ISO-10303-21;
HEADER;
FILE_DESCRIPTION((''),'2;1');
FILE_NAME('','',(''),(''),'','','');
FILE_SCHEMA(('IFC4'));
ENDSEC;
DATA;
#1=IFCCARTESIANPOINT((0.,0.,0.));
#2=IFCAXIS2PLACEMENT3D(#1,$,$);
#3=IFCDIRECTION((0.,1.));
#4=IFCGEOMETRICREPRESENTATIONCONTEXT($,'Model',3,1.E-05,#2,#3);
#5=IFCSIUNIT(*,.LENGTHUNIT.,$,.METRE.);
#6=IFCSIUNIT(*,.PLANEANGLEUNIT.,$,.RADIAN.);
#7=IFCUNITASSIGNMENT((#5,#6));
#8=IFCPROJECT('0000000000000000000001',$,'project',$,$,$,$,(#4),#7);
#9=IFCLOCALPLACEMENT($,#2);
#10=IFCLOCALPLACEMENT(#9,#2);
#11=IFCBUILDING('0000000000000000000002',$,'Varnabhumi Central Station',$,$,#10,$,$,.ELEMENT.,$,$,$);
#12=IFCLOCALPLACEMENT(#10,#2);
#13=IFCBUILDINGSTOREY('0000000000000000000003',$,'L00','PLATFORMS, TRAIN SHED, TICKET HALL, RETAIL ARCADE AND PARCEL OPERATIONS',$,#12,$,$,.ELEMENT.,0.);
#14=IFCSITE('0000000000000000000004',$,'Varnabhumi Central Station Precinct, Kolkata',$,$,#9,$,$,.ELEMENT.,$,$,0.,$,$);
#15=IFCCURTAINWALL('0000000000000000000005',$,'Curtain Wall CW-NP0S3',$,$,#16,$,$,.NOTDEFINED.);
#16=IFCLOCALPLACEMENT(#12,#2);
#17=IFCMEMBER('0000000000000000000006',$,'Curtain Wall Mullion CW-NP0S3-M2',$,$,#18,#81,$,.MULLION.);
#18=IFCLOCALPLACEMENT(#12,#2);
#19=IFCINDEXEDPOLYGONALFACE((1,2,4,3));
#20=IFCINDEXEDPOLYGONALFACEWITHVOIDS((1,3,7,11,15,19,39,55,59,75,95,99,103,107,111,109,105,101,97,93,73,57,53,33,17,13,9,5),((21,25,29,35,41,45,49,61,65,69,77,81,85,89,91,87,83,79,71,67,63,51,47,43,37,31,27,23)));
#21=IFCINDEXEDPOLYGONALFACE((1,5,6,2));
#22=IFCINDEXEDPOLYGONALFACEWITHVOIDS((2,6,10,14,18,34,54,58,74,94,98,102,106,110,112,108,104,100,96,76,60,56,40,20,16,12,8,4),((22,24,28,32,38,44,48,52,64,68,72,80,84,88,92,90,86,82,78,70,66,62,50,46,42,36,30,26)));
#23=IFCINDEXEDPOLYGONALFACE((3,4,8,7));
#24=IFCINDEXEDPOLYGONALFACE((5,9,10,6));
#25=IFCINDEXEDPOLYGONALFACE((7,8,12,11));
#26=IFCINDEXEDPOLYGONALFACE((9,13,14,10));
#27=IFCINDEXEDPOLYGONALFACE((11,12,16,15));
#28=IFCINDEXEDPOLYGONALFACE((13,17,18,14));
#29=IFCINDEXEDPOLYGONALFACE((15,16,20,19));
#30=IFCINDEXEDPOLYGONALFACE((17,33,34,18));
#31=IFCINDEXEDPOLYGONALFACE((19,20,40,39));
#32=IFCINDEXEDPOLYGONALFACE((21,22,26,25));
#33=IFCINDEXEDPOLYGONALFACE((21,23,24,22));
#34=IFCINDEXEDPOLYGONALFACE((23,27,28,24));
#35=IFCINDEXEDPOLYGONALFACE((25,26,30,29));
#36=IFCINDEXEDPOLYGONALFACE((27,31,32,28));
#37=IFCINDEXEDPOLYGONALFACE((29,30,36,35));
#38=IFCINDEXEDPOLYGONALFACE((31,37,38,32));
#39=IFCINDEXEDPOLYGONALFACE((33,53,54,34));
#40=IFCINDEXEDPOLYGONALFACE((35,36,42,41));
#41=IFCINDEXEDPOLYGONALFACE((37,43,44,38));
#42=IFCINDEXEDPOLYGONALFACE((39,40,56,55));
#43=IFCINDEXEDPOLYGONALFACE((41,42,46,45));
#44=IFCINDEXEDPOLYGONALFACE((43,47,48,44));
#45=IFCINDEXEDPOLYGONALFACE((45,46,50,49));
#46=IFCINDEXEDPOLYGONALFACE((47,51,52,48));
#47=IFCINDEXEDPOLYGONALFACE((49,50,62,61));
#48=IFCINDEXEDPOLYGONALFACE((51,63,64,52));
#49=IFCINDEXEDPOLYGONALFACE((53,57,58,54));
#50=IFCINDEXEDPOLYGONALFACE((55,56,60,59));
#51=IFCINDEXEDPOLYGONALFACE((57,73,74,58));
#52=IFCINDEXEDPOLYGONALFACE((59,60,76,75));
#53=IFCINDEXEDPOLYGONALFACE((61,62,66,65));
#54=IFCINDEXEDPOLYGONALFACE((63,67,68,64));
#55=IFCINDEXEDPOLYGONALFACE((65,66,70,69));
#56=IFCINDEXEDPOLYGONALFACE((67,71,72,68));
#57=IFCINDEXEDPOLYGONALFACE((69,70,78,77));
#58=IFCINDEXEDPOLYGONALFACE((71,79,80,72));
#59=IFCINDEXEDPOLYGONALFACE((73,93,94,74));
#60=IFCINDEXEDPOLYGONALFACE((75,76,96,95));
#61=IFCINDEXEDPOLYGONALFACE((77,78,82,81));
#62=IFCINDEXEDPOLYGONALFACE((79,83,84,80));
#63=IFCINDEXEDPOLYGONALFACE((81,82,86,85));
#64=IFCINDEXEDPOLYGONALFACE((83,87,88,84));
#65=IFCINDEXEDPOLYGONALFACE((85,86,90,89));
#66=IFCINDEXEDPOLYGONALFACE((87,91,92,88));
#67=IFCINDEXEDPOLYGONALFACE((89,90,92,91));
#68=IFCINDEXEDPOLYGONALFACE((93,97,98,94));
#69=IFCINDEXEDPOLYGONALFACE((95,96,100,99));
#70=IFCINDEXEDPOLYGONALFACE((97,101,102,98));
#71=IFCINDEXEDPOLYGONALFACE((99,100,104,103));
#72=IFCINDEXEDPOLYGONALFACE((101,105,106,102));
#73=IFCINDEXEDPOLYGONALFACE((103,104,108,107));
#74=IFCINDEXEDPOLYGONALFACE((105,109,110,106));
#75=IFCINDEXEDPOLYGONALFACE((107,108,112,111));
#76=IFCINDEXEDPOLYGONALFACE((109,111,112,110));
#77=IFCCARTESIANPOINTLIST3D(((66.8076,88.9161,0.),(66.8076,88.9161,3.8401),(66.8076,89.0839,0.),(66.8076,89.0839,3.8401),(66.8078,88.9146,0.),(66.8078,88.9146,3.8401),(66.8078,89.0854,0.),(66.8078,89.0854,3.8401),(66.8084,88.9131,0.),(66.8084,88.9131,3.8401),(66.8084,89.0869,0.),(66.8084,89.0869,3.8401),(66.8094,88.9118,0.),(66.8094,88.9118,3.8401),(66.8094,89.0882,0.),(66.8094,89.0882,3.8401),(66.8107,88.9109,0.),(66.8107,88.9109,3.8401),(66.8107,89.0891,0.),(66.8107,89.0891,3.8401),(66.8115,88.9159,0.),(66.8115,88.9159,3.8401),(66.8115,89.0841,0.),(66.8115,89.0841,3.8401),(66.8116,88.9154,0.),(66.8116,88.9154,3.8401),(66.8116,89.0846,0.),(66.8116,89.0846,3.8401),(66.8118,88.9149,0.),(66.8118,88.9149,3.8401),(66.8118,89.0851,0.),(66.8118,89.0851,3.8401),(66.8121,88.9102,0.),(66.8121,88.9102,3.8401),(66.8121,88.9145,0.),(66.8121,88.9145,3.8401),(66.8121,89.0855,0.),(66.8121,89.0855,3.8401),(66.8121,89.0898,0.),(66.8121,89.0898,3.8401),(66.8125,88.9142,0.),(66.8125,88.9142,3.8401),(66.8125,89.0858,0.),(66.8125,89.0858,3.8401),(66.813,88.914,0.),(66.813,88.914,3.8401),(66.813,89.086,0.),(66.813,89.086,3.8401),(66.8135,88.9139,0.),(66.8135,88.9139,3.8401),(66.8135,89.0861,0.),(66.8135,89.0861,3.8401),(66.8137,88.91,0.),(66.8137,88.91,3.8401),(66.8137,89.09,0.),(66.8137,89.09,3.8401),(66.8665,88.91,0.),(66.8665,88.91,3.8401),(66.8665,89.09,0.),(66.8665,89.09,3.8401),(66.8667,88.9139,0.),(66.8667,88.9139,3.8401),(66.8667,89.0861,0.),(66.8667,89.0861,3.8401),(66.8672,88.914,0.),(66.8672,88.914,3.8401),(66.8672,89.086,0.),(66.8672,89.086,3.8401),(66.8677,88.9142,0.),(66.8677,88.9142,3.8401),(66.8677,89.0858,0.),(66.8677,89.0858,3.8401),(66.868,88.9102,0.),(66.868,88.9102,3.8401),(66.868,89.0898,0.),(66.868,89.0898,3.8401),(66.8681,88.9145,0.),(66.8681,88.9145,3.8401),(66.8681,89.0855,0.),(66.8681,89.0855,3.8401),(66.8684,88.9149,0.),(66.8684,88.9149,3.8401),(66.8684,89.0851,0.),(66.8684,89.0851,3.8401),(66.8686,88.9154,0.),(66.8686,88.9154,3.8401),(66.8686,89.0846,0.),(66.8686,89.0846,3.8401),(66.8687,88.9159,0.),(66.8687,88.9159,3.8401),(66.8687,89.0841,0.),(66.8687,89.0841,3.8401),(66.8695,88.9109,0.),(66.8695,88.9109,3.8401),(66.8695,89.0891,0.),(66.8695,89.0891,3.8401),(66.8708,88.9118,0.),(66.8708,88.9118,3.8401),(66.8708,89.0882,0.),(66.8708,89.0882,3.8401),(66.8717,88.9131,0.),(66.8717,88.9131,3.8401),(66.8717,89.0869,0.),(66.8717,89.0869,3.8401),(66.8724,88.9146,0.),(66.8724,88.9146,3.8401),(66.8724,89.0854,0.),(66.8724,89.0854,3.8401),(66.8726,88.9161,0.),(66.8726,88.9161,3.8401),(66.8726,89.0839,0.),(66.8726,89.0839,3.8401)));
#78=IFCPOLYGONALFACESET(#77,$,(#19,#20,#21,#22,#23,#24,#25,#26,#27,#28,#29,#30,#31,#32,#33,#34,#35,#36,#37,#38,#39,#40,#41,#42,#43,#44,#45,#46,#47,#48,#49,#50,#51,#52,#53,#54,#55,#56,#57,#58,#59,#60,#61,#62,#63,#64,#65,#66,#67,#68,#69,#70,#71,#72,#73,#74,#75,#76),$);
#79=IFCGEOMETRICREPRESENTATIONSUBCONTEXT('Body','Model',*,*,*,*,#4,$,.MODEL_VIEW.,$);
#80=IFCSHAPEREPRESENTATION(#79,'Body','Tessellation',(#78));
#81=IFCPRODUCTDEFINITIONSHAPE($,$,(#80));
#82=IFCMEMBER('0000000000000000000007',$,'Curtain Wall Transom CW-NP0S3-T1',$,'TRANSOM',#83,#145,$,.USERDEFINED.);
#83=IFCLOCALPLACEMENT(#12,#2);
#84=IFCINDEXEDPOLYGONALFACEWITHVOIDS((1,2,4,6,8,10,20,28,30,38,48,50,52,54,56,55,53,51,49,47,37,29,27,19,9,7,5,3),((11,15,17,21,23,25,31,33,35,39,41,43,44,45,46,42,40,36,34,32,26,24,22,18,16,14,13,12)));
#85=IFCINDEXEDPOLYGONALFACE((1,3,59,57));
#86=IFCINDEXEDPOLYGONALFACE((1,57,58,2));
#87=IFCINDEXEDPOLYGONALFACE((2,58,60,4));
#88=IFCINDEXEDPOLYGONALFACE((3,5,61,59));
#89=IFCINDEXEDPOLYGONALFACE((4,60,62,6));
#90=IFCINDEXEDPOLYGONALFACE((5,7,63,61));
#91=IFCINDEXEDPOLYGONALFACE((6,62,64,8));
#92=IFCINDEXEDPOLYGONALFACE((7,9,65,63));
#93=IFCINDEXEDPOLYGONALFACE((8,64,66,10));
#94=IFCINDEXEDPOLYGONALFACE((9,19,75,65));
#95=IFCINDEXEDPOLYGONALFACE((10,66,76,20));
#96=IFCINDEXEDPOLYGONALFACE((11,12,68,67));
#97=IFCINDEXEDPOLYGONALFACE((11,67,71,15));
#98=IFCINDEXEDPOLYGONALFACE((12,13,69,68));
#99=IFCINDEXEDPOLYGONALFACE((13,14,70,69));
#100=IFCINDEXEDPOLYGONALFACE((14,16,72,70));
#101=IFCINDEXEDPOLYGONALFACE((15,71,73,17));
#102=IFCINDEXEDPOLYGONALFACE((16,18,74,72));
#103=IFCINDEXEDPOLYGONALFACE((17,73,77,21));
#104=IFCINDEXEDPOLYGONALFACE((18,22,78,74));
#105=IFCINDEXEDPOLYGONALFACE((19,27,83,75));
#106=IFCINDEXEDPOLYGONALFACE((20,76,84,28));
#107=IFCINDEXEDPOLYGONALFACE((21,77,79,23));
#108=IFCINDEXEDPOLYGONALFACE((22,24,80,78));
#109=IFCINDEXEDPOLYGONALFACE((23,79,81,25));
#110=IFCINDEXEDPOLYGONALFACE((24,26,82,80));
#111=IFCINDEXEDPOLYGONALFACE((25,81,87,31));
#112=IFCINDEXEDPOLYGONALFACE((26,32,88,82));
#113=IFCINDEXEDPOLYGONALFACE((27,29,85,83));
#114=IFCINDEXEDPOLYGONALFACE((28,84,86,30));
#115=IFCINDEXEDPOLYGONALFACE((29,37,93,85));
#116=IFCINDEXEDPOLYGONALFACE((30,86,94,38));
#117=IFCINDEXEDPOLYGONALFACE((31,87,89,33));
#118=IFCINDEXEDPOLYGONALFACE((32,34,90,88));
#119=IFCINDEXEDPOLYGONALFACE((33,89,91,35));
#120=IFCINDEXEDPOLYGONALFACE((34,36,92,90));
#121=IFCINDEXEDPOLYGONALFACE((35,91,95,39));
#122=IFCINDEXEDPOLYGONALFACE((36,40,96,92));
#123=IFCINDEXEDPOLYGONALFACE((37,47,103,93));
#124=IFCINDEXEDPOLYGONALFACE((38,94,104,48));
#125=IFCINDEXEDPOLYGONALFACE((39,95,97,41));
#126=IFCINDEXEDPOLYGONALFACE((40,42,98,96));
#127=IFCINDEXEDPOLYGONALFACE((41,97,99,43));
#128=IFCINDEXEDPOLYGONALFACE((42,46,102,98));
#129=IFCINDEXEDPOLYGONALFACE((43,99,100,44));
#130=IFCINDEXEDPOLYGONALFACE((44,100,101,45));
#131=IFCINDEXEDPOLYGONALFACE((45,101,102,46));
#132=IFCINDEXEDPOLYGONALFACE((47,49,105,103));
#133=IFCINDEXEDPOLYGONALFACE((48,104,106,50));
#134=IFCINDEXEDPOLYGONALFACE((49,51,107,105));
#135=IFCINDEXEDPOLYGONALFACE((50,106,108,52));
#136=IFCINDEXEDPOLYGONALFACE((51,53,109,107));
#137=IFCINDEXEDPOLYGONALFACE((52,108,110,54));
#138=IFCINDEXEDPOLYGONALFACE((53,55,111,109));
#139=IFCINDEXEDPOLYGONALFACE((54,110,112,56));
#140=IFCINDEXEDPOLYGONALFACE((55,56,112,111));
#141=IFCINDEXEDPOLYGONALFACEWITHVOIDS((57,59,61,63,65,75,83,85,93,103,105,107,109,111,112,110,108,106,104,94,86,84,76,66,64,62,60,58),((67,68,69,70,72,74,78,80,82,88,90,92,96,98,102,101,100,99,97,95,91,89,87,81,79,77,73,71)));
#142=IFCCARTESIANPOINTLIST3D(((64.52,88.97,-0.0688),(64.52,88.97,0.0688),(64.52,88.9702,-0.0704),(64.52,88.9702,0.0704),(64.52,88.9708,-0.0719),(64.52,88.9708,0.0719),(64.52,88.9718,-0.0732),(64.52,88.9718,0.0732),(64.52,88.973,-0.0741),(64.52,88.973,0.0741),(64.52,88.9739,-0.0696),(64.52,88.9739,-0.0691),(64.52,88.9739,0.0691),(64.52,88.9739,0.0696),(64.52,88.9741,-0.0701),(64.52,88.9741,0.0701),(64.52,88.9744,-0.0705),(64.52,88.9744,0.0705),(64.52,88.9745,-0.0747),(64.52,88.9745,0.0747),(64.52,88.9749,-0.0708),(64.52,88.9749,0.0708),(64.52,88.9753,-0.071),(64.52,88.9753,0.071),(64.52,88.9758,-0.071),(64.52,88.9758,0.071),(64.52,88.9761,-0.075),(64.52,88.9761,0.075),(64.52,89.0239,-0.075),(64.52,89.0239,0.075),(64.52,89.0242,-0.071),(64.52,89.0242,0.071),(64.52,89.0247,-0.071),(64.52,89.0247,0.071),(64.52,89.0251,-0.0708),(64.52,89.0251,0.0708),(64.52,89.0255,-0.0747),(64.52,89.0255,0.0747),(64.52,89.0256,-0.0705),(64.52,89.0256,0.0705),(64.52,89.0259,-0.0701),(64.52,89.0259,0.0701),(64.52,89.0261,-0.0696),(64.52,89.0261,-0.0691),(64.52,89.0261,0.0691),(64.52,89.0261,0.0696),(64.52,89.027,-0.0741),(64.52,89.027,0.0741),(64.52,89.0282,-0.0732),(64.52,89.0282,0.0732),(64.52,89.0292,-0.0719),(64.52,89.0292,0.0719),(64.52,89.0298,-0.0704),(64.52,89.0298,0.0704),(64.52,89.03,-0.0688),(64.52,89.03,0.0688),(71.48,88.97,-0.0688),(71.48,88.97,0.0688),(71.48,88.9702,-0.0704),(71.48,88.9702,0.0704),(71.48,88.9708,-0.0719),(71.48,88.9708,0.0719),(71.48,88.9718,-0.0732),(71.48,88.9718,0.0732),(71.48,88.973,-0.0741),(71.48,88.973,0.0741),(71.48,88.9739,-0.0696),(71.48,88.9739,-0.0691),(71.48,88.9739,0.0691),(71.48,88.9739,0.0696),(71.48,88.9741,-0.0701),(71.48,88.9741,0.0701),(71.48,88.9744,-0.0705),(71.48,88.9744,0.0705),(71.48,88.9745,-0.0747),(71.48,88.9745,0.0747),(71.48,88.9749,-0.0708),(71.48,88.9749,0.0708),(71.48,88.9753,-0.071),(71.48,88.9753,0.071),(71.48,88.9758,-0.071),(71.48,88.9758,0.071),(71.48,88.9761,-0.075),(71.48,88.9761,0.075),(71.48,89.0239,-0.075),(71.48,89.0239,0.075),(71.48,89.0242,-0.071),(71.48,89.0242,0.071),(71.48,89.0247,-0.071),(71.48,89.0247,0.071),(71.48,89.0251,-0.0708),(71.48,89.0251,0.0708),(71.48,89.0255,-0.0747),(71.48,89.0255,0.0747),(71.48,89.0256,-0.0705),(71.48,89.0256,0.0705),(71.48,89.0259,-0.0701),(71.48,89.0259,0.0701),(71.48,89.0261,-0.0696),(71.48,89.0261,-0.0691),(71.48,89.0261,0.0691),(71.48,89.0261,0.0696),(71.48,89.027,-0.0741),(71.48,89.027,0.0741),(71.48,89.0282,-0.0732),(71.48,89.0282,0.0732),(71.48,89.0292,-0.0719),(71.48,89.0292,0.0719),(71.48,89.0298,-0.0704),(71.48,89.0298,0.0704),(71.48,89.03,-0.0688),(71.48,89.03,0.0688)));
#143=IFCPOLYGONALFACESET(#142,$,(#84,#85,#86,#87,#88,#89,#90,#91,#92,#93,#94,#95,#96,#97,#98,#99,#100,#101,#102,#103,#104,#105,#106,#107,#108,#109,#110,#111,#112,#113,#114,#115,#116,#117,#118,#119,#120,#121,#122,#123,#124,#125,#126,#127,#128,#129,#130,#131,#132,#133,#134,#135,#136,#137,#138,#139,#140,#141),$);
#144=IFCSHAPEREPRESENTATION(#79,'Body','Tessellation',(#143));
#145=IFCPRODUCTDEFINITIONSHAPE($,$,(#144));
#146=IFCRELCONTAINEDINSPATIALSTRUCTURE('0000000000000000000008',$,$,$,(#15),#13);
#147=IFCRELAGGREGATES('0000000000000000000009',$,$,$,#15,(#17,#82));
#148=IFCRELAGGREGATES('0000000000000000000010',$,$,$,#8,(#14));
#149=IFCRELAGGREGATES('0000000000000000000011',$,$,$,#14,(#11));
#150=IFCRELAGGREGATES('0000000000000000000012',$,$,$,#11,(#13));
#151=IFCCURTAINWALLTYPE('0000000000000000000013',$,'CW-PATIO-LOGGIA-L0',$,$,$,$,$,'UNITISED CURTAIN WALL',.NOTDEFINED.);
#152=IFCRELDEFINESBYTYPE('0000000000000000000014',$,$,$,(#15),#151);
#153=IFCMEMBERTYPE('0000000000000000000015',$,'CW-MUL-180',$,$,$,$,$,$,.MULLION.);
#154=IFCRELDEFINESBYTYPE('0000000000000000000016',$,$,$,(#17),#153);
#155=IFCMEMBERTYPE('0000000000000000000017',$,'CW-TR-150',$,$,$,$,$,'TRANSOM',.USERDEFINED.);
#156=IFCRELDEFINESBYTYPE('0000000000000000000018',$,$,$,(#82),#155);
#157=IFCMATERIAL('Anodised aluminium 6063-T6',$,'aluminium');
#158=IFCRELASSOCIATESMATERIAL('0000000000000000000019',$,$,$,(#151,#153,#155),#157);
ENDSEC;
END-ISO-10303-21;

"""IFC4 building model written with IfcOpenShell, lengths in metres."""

from ifc_helpers import new_model, si_unit, direction, frame, origin, origin_2d, place, context, subcontext, project, spatial, hollow_rectangle, extrude, material, material_profile, profile_set, type_object, element, aggregate, save


model = new_model("IFC4")

# Units and contexts
model_context = context("Model", 3, precision=1e-05, world=origin(), true_north=direction((0.0, 1.0)))
body_context = subcontext(model_context, "Body", "Model", "MODEL_VIEW")
ifc_project = project(units=[si_unit("LENGTHUNIT", "METRE"), si_unit("PLANEANGLEUNIT", "RADIAN")], contexts=[model_context])

# Site, building, storey
site_placement = place(None, origin())
site = spatial("IfcSite", under=ifc_project, at=site_placement, Name="Varnabhumi Central Station Precinct, Kolkata", CompositionType="ELEMENT", RefElevation=0.0)
building_placement = place(site_placement, origin())
building = spatial("IfcBuilding", under=site, at=building_placement, Name="Varnabhumi Central Station", CompositionType="ELEMENT")
storey_placement = place(building_placement, origin())
storey = spatial("IfcBuildingStorey", under=building, at=storey_placement, Name="L00", Description="PLATFORMS, TRAIN SHED, TICKET HALL, RETAIL ARCADE AND PARCEL OPERATIONS", CompositionType="ELEMENT", Elevation=0.0)

# Shared definitions
ifc_material_1 = material(Name="Anodised aluminium 6063-T6", Category="aluminium")
curtain_wall_type = type_object("IfcCurtainWallType", Name="CW-PATIO-LOGGIA-L0", ElementType="UNITISED CURTAIN WALL", PredefinedType="NOTDEFINED", material=ifc_material_1)
ifc_material_profile_1 = material_profile(ifc_material_1, hollow_rectangle(XDim=0.0649, YDim=0.1799, WallThickness=0.0039, InnerFilletRadius=0.002, OuterFilletRadius=0.0061, at=origin_2d()), Name="Anodised aluminium 6063-T6", Category="aluminium")
ifc_profile_set_1 = profile_set([ifc_material_profile_1], Name="Anodised aluminium 6063-T6")
member_type_1 = type_object("IfcMemberType", Name="CW-MUL-180", PredefinedType="MULLION", material=ifc_profile_set_1)

# Curtain wall, members
curtain_wall_1_placement = place(storey_placement, origin())
curtain_wall_1 = element("IfcCurtainWall", 1, at=curtain_wall_1_placement, inside=storey, type_object=curtain_wall_type, Name="Curtain Wall CW-NP0S3", PredefinedType="NOTDEFINED")
member_1_placement = place(storey_placement, frame((66.8401, 89.0, 0.0), z_axis=(0.0, 0.0, 1.0), x_axis=(1.0, 0.0, 0.0)))
member_1 = element("IfcMember", 2, at=member_1_placement, type_object=member_type_1, Name="Curtain Wall Mullion CW-NP0S3-M2", PredefinedType="MULLION", context=body_context, shape_type="SweptSolid", body=[
    extrude(hollow_rectangle(XDim=0.0649, YDim=0.1799, WallThickness=0.0039, InnerFilletRadius=0.002, OuterFilletRadius=0.0061, at=origin_2d()), origin(), (0.0, 0.0, 1.0), 3.8401),
])
ifc_material_profile_2 = material_profile(ifc_material_1, hollow_rectangle(XDim=0.0601, YDim=0.1499, WallThickness=0.0039, InnerFilletRadius=0.002, OuterFilletRadius=0.0061, at=origin_2d()), Name="Anodised aluminium 6063-T6", Category="aluminium")
ifc_profile_set_2 = profile_set([ifc_material_profile_2], Name="Anodised aluminium 6063-T6")
member_type_2 = type_object("IfcMemberType", Name="CW-TR-150", ElementType="TRANSOM", PredefinedType="USERDEFINED", material=ifc_profile_set_2)
member_2_placement = place(storey_placement, frame((64.52, 89.0, 0.0), z_axis=(1.0, 0.0, 0.0), x_axis=(0.0, 1.0, 0.0)))
member_2 = element("IfcMember", 3, at=member_2_placement, type_object=member_type_2, Name="Curtain Wall Transom CW-NP0S3-T1", ObjectType="TRANSOM", PredefinedType="USERDEFINED", context=body_context, shape_type="SweptSolid", body=[
    extrude(hollow_rectangle(XDim=0.0601, YDim=0.1499, WallThickness=0.0039, InnerFilletRadius=0.002, OuterFilletRadius=0.0061, at=origin_2d()), origin(), (0.0, 0.0, 1.0), 6.96),
])
aggregate(curtain_wall_1, [member_1, member_2])

save(model, "model.ifc")
